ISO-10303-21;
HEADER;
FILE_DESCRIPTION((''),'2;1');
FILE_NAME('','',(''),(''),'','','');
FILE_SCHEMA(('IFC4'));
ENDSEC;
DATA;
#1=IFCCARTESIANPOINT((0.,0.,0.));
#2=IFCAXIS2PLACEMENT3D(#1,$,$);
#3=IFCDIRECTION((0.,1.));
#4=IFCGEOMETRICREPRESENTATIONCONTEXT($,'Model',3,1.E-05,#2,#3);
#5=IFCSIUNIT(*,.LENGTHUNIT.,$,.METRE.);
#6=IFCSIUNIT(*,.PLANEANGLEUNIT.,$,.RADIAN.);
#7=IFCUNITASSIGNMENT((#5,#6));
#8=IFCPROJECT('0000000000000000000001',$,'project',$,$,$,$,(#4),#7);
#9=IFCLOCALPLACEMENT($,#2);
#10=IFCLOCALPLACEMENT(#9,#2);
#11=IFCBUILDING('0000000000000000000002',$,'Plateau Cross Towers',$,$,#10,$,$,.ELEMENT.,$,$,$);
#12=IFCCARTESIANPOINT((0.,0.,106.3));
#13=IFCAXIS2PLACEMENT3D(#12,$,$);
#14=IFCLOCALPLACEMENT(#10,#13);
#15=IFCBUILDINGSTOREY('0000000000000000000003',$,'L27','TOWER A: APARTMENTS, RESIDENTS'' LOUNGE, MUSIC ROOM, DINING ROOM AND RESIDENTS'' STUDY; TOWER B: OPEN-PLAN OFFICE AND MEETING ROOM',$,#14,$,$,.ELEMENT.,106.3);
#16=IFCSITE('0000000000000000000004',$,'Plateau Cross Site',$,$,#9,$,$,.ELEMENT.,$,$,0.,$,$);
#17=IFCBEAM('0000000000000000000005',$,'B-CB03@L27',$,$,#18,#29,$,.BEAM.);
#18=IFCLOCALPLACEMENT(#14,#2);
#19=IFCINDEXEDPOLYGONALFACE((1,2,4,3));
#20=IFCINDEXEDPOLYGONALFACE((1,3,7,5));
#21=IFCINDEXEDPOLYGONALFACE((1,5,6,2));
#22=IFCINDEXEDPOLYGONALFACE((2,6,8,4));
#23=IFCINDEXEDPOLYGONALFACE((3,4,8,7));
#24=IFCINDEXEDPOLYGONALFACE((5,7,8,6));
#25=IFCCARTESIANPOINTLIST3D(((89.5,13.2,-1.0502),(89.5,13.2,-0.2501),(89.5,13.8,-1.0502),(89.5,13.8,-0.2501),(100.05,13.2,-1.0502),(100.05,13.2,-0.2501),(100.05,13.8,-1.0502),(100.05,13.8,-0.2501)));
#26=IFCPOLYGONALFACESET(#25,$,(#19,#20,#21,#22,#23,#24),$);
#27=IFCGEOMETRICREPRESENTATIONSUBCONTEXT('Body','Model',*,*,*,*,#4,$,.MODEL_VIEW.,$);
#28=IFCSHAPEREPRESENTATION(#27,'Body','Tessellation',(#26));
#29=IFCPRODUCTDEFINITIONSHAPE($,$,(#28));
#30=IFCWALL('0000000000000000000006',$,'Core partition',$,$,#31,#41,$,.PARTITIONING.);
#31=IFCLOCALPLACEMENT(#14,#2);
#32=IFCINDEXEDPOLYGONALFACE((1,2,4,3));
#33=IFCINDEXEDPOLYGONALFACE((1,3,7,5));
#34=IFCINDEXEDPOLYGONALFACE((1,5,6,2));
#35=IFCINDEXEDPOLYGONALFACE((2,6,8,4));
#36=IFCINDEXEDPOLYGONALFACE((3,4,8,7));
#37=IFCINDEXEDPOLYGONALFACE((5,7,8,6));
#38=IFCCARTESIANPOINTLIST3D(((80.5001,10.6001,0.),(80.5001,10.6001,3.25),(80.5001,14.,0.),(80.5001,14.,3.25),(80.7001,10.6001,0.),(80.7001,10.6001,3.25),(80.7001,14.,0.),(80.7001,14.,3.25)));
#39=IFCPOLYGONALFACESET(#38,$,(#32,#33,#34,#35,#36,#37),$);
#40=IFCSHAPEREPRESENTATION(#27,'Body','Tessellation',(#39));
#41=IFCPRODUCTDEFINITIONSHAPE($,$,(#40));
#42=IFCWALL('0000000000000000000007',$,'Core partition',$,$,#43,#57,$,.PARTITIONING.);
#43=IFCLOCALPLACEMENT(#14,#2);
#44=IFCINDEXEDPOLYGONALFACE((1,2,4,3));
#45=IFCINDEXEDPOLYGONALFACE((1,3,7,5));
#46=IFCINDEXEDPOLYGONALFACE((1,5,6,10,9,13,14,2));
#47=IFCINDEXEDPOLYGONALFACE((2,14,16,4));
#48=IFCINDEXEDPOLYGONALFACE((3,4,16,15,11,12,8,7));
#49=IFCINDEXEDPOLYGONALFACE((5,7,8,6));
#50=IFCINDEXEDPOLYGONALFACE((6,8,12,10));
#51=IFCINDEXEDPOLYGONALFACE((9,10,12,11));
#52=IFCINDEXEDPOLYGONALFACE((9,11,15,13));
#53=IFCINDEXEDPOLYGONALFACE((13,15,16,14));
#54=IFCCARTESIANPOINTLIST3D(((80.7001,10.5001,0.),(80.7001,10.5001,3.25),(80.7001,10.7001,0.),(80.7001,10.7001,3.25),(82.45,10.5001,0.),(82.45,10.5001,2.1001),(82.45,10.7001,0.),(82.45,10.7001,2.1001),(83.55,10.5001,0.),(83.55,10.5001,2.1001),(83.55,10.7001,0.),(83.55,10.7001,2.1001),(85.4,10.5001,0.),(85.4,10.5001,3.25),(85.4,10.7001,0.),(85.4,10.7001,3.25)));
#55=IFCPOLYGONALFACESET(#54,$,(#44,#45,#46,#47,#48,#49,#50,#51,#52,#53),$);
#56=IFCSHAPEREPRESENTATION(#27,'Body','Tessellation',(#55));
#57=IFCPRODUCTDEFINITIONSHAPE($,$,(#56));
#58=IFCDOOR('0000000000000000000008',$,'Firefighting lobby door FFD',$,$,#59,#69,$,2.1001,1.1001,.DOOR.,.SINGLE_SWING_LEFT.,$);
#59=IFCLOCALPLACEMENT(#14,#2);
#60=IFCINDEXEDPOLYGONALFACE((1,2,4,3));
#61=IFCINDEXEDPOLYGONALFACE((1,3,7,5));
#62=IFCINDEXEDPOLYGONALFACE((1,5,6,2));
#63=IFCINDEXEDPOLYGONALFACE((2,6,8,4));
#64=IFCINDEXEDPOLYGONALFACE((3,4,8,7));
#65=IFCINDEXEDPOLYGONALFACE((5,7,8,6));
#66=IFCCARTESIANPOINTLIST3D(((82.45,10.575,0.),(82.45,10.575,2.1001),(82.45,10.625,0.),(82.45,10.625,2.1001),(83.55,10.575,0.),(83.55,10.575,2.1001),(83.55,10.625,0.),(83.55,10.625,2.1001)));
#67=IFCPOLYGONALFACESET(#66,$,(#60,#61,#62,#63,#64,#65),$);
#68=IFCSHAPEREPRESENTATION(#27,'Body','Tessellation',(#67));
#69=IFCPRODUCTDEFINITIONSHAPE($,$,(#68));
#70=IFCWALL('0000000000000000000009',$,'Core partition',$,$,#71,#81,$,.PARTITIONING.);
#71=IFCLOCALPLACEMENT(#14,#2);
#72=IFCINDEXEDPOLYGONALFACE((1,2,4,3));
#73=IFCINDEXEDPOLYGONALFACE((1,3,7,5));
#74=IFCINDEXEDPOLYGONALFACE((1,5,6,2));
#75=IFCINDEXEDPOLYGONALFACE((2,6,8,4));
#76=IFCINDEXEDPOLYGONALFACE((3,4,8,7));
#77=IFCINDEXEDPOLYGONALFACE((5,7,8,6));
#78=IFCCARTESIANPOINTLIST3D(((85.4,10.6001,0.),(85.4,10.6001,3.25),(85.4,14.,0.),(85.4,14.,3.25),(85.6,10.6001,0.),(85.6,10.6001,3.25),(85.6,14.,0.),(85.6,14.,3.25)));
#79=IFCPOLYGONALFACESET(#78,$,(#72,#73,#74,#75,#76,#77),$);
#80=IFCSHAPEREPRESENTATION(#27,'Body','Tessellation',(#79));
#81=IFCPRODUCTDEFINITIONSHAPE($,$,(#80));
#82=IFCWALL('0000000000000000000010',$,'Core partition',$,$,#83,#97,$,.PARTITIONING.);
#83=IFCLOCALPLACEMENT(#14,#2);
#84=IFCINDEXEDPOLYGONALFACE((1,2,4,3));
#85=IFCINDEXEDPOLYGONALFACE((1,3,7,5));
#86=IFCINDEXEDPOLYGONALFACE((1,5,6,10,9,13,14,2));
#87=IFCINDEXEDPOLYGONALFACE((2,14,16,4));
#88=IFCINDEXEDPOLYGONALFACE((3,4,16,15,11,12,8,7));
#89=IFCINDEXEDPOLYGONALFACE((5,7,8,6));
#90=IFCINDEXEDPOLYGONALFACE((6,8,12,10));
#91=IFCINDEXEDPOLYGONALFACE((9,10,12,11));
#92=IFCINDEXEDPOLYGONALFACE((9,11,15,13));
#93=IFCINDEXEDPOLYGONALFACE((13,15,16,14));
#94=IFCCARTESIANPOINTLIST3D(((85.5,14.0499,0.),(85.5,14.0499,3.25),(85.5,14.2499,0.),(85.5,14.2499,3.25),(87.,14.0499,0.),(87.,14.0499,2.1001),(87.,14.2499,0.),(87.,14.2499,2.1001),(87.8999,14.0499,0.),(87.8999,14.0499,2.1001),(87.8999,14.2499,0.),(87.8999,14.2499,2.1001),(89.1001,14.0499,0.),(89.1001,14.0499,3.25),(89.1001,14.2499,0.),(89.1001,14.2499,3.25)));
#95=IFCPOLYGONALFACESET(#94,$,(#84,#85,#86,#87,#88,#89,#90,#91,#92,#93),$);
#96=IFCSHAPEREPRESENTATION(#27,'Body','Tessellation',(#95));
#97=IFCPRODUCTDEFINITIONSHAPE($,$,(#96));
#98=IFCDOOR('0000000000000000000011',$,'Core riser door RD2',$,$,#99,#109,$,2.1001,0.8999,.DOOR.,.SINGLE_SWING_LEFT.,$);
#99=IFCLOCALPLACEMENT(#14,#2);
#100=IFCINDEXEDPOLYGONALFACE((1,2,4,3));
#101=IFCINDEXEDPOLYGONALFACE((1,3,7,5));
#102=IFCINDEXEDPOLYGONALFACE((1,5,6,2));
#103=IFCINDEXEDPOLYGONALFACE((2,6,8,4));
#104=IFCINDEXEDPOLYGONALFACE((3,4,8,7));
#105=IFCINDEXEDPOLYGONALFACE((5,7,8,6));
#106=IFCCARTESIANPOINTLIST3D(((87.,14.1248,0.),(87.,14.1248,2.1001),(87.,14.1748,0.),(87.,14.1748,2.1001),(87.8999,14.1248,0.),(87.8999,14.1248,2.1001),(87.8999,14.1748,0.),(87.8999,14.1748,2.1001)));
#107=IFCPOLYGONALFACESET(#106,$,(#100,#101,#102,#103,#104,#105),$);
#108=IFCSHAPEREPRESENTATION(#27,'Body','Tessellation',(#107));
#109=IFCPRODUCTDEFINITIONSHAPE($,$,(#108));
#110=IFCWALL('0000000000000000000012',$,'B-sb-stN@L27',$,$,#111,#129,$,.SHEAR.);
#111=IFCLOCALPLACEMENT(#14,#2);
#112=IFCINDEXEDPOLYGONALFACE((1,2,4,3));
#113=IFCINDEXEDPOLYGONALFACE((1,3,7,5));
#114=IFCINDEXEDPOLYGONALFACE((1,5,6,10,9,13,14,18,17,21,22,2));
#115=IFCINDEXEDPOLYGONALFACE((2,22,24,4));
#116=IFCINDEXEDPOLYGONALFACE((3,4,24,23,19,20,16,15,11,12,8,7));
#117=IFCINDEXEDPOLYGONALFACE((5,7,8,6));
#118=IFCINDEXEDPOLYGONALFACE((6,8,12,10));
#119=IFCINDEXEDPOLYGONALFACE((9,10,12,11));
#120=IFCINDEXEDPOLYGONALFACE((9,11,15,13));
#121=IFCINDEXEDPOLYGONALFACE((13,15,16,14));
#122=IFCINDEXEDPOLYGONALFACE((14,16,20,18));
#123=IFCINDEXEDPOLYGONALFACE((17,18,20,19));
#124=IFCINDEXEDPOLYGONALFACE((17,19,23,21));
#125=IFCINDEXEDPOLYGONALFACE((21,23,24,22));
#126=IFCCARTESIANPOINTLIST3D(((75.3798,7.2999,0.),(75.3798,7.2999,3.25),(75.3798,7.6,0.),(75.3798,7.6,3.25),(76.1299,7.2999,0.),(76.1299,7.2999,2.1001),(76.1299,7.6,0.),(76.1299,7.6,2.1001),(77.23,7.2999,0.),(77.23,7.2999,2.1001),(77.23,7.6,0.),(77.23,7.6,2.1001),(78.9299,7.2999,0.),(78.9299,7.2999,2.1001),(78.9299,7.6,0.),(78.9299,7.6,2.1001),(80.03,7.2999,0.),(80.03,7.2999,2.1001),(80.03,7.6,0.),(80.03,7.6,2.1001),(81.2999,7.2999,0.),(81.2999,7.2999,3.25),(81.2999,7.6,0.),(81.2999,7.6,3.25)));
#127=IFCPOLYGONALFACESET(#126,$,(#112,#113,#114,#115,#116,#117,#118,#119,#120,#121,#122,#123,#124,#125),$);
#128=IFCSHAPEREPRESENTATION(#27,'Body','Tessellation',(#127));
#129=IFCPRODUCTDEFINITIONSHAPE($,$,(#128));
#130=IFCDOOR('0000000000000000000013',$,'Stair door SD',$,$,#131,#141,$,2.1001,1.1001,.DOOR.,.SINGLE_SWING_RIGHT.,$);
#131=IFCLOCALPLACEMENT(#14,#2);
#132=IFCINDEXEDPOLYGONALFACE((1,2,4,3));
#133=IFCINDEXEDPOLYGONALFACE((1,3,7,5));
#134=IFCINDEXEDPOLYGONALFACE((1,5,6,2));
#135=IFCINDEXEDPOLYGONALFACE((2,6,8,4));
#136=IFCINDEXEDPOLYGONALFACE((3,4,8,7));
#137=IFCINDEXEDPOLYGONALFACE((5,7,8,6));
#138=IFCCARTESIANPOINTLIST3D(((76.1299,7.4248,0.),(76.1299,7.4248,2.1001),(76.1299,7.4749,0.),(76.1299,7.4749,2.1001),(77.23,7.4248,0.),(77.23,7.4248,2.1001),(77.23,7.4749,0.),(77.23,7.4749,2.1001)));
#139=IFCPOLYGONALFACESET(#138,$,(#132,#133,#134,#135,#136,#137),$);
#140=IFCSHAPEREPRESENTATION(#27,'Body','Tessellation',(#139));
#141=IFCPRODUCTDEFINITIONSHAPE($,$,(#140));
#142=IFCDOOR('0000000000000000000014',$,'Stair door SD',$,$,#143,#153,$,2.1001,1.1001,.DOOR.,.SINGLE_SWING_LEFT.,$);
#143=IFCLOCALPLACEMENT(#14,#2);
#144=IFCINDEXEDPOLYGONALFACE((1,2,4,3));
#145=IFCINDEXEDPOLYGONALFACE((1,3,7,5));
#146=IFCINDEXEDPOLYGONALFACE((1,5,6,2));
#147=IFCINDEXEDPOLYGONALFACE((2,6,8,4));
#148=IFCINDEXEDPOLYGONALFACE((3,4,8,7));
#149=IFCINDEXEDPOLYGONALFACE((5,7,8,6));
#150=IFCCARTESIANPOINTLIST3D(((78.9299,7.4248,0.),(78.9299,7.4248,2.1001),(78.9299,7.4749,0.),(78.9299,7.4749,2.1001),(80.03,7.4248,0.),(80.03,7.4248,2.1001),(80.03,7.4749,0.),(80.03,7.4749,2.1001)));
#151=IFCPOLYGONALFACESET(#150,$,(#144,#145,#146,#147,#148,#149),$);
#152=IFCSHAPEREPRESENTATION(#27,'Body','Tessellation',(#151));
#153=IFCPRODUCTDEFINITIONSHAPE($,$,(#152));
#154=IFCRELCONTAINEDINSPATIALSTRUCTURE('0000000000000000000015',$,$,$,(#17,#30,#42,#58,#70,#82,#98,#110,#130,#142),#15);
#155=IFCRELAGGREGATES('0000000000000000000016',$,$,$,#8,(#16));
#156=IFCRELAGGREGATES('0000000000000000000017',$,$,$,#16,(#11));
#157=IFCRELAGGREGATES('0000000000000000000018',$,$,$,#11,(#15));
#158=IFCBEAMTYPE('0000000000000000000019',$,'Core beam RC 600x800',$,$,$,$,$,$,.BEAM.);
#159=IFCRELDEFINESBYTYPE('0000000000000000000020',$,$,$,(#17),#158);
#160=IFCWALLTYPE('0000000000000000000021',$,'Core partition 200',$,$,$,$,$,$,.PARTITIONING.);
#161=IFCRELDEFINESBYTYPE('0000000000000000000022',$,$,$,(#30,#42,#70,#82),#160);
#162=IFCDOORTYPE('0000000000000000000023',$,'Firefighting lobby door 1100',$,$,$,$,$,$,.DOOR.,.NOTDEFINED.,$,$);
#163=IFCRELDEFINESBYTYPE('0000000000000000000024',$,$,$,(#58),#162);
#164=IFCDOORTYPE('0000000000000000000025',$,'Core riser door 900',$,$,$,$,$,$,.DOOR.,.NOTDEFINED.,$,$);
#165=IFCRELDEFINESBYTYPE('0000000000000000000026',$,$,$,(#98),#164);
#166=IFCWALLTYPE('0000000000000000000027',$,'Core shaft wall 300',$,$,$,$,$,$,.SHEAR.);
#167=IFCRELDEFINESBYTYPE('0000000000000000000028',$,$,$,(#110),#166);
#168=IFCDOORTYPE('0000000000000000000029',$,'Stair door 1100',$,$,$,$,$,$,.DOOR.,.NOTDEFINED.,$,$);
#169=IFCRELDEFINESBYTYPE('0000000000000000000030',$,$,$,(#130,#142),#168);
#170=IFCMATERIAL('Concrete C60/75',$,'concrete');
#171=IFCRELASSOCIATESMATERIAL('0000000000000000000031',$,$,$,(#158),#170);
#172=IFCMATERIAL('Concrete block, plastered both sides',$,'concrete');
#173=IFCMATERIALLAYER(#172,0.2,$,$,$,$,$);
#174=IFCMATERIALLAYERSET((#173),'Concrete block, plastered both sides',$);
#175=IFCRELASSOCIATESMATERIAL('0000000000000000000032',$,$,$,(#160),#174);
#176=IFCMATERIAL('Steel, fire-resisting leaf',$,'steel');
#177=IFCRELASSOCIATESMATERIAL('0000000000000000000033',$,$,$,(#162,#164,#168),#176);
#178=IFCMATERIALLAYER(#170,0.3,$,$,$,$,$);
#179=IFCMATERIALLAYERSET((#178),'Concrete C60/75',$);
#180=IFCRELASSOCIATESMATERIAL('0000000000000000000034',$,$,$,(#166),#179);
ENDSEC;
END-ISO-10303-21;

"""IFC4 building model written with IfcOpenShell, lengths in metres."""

from ifc_helpers import new_model, si_unit, direction, frame, frame_2d, origin, origin_2d, place, context, subcontext, project, spatial, rectangle, extrude, material, layer, layer_set, material_profile, profile_set, type_object, element, fill, save


model = new_model("IFC4")

# Units and contexts
model_context = context("Model", 3, precision=1e-05, world=origin(), true_north=direction((0.0, 1.0)))
body_context = subcontext(model_context, "Body", "Model", "MODEL_VIEW")
ifc_project = project(units=[si_unit("LENGTHUNIT", "METRE"), si_unit("PLANEANGLEUNIT", "RADIAN")], contexts=[model_context])

# Site, building, storey
site_placement = place(None, origin())
site = spatial("IfcSite", under=ifc_project, at=site_placement, Name="Plateau Cross Site", CompositionType="ELEMENT", RefElevation=0.0)
building_placement = place(site_placement, origin())
building = spatial("IfcBuilding", under=site, at=building_placement, Name="Plateau Cross Towers", CompositionType="ELEMENT")
storey_placement = place(building_placement, frame((0.0, 0.0, 106.3)))
storey = spatial("IfcBuildingStorey", under=building, at=storey_placement, Name="L27", Description="TOWER A: APARTMENTS, RESIDENTS' LOUNGE, MUSIC ROOM, DINING ROOM AND RESIDENTS' STUDY; TOWER B: OPEN-PLAN OFFICE AND MEETING ROOM", CompositionType="ELEMENT", Elevation=106.3)

# Beam
ifc_material_1 = material(Name="Concrete C60/75", Category="concrete")
ifc_material_profile = material_profile(ifc_material_1, rectangle(XDim=0.6001, YDim=0.8, at=origin_2d()), Name="RC 600x800")
ifc_profile_set = profile_set([ifc_material_profile], Name="Concrete C60/75")
beam_type = type_object("IfcBeamType", Name="Core beam RC 600x800", PredefinedType="BEAM", material=ifc_profile_set)
beam_placement = place(storey_placement, frame((89.5, 13.5, -0.6501), z_axis=(1.0, 0.0, 0.0), x_axis=(0.0, 1.0, 0.0)))
element("IfcBeam", 1, at=beam_placement, inside=storey, type_object=beam_type, Name="B-CB03@L27", PredefinedType="BEAM", context=body_context, shape_type="SweptSolid", body=[
    extrude(rectangle(XDim=0.6001, YDim=0.8, at=origin_2d()), origin(), (0.0, 0.0, 1.0), 10.55),
])

# Wall
ifc_material_2 = material(Name="Concrete block, plastered both sides", Category="concrete")
ifc_layer_1 = layer(ifc_material_2, 0.2)
ifc_layer_set_1 = layer_set([ifc_layer_1], Name="Concrete block, plastered both sides")
wall_type_1 = type_object("IfcWallType", Name="Core partition 200", PredefinedType="PARTITIONING", material=ifc_layer_set_1)
wall_1_placement = place(storey_placement, frame((80.6001, 10.6001, 0.0), z_axis=(0.0, 0.0, 1.0), x_axis=(0.0, 1.0, 0.0)))
element("IfcWall", 2, at=wall_1_placement, inside=storey, type_object=wall_type_1, Name="Core partition", PredefinedType="PARTITIONING", context=body_context, shape_type="SweptSolid", body=[
    extrude(rectangle(XDim=3.3999, YDim=0.2, at=frame_2d((1.7, 0.0))), origin(), (0.0, 0.0, 1.0), 3.25),
])

# Wall, opening, door
wall_2_placement = place(storey_placement, frame((80.7, 10.6001, 0.0), z_axis=(0.0, 0.0, 1.0), x_axis=(1.0, 0.0, 0.0)))
wall_2 = element("IfcWall", 3, at=wall_2_placement, inside=storey, type_object=wall_type_1, Name="Core partition", PredefinedType="PARTITIONING", context=body_context, shape_type="SweptSolid", body=[
    extrude(rectangle(XDim=4.7, YDim=0.2, at=frame_2d((2.3501, 0.0))), origin(), (0.0, 0.0, 1.0), 3.25),
])
opening_1_placement = place(wall_2_placement, frame((1.75, 0.0, 0.0)))
opening_1 = element("IfcOpeningElement", 4, at=opening_1_placement, cuts=wall_2, PredefinedType="OPENING", context=body_context, shape_type="SweptSolid", body=[
    extrude(rectangle(XDim=1.1001, YDim=2.1001, at=frame_2d((0.55, 1.05))), frame((0.0, 0.1099, 0.0), z_axis=(0.0, -1.0, 0.0), x_axis=(1.0, 0.0, 0.0)), (0.0, 0.0, 1.0), 0.22),
])
ifc_material_3 = material(Name="Steel, fire-resisting leaf", Category="steel")
door_type_1 = type_object("IfcDoorType", Name="Firefighting lobby door 1100", OperationType="NOTDEFINED", PredefinedType="DOOR", material=ifc_material_3)
door_1_placement = place(opening_1_placement, origin())
door_1 = element("IfcDoor", 5, at=door_1_placement, inside=storey, type_object=door_type_1, Name="Firefighting lobby door FFD", OperationType="SINGLE_SWING_LEFT", OverallHeight=2.1001, OverallWidth=1.1001, PredefinedType="DOOR", context=body_context, shape_type="SweptSolid", body=[
    extrude(rectangle(XDim=1.1001, YDim=2.1001, at=frame_2d((0.55, 1.05))), frame((0.0, 0.0249, 0.0), z_axis=(0.0, -1.0, 0.0), x_axis=(1.0, 0.0, 0.0)), (0.0, 0.0, 1.0), 0.05),
])
fill(opening_1, door_1)

# Wall
wall_3_placement = place(storey_placement, frame((85.5, 10.6001, 0.0), z_axis=(0.0, 0.0, 1.0), x_axis=(0.0, 1.0, 0.0)))
element("IfcWall", 6, at=wall_3_placement, inside=storey, type_object=wall_type_1, Name="Core partition", PredefinedType="PARTITIONING", context=body_context, shape_type="SweptSolid", body=[
    extrude(rectangle(XDim=3.3999, YDim=0.2, at=frame_2d((1.7, 0.0))), origin(), (0.0, 0.0, 1.0), 3.25),
])

# Wall, opening, door
wall_4_placement = place(storey_placement, frame((85.5, 14.1499, 0.0), z_axis=(0.0, 0.0, 1.0), x_axis=(1.0, 0.0, 0.0)))
wall_4 = element("IfcWall", 7, at=wall_4_placement, inside=storey, type_object=wall_type_1, Name="Core partition", PredefinedType="PARTITIONING", context=body_context, shape_type="SweptSolid", body=[
    extrude(rectangle(XDim=3.6001, YDim=0.2, at=frame_2d((1.8, 0.0))), origin(), (0.0, 0.0, 1.0), 3.25),
])
opening_2_placement = place(wall_4_placement, frame((1.5, 0.0, 0.0)))
opening_2 = element("IfcOpeningElement", 8, at=opening_2_placement, cuts=wall_4, PredefinedType="OPENING", context=body_context, shape_type="SweptSolid", body=[
    extrude(rectangle(XDim=0.8999, YDim=2.1001, at=frame_2d((0.45, 1.05))), frame((0.0, 0.1099, 0.0), z_axis=(0.0, -1.0, 0.0), x_axis=(1.0, 0.0, 0.0)), (0.0, 0.0, 1.0), 0.22),
])
door_type_2 = type_object("IfcDoorType", Name="Core riser door 900", OperationType="NOTDEFINED", PredefinedType="DOOR", material=ifc_material_3)
door_2_placement = place(opening_2_placement, origin())
door_2 = element("IfcDoor", 9, at=door_2_placement, inside=storey, type_object=door_type_2, Name="Core riser door RD2", OperationType="SINGLE_SWING_LEFT", OverallHeight=2.1001, OverallWidth=0.8999, PredefinedType="DOOR", context=body_context, shape_type="SweptSolid", body=[
    extrude(rectangle(XDim=0.8999, YDim=2.1001, at=frame_2d((0.45, 1.05))), frame((0.0, 0.0249, 0.0), z_axis=(0.0, -1.0, 0.0), x_axis=(1.0, 0.0, 0.0)), (0.0, 0.0, 1.0), 0.05),
])
fill(opening_2, door_2)

# Wall, openings, doors
ifc_layer_2 = layer(ifc_material_1, 0.3)
ifc_layer_set_2 = layer_set([ifc_layer_2], Name="Concrete C60/75")
wall_type_2 = type_object("IfcWallType", Name="Core shaft wall 300", PredefinedType="SHEAR", material=ifc_layer_set_2)
wall_5_placement = place(storey_placement, frame((75.3799, 7.45, 0.0), z_axis=(0.0, 0.0, 1.0), x_axis=(1.0, 0.0, 0.0)))
wall_5 = element("IfcWall", 10, at=wall_5_placement, inside=storey, type_object=wall_type_2, Name="B-sb-stN@L27", PredefinedType="SHEAR", context=body_context, shape_type="SweptSolid", body=[
    extrude(rectangle(XDim=5.9202, YDim=0.3, at=frame_2d((2.96, 0.0))), origin(), (0.0, 0.0, 1.0), 3.25),
])
opening_3_placement = place(wall_5_placement, frame((0.75, 0.0, 0.0)))
opening_3 = element("IfcOpeningElement", 11, at=opening_3_placement, cuts=wall_5, PredefinedType="OPENING", context=body_context, shape_type="SweptSolid", body=[
    extrude(rectangle(XDim=1.1001, YDim=2.1001, at=frame_2d((0.55, 1.05))), frame((0.0, 0.1599, 0.0), z_axis=(0.0, -1.0, 0.0), x_axis=(1.0, 0.0, 0.0)), (0.0, 0.0, 1.0), 0.3201),
])
opening_4_placement = place(wall_5_placement, frame((3.55, 0.0, 0.0)))
opening_4 = element("IfcOpeningElement", 12, at=opening_4_placement, cuts=wall_5, PredefinedType="OPENING", context=body_context, shape_type="SweptSolid", body=[
    extrude(rectangle(XDim=1.1001, YDim=2.1001, at=frame_2d((0.55, 1.05))), frame((0.0, 0.1599, 0.0), z_axis=(0.0, -1.0, 0.0), x_axis=(1.0, 0.0, 0.0)), (0.0, 0.0, 1.0), 0.3201),
])
door_type_3 = type_object("IfcDoorType", Name="Stair door 1100", OperationType="NOTDEFINED", PredefinedType="DOOR", material=ifc_material_3)
door_3_placement = place(opening_3_placement, origin())
door_3 = element("IfcDoor", 13, at=door_3_placement, inside=storey, type_object=door_type_3, Name="Stair door SD", OperationType="SINGLE_SWING_RIGHT", OverallHeight=2.1001, OverallWidth=1.1001, PredefinedType="DOOR", context=body_context, shape_type="SweptSolid", body=[
    extrude(rectangle(XDim=1.1001, YDim=2.1001, at=frame_2d((0.55, 1.05))), frame((0.0, 0.0249, 0.0), z_axis=(0.0, -1.0, 0.0), x_axis=(1.0, 0.0, 0.0)), (0.0, 0.0, 1.0), 0.05),
])
fill(opening_3, door_3)
door_4_placement = place(opening_4_placement, origin())
door_4 = element("IfcDoor", 14, at=door_4_placement, inside=storey, type_object=door_type_3, Name="Stair door SD", OperationType="SINGLE_SWING_LEFT", OverallHeight=2.1001, OverallWidth=1.1001, PredefinedType="DOOR", context=body_context, shape_type="SweptSolid", body=[
    extrude(rectangle(XDim=1.1001, YDim=2.1001, at=frame_2d((0.55, 1.05))), frame((0.0, 0.0249, 0.0), z_axis=(0.0, -1.0, 0.0), x_axis=(1.0, 0.0, 0.0)), (0.0, 0.0, 1.0), 0.05),
])
fill(opening_4, door_4)

save(model, "model.ifc")
